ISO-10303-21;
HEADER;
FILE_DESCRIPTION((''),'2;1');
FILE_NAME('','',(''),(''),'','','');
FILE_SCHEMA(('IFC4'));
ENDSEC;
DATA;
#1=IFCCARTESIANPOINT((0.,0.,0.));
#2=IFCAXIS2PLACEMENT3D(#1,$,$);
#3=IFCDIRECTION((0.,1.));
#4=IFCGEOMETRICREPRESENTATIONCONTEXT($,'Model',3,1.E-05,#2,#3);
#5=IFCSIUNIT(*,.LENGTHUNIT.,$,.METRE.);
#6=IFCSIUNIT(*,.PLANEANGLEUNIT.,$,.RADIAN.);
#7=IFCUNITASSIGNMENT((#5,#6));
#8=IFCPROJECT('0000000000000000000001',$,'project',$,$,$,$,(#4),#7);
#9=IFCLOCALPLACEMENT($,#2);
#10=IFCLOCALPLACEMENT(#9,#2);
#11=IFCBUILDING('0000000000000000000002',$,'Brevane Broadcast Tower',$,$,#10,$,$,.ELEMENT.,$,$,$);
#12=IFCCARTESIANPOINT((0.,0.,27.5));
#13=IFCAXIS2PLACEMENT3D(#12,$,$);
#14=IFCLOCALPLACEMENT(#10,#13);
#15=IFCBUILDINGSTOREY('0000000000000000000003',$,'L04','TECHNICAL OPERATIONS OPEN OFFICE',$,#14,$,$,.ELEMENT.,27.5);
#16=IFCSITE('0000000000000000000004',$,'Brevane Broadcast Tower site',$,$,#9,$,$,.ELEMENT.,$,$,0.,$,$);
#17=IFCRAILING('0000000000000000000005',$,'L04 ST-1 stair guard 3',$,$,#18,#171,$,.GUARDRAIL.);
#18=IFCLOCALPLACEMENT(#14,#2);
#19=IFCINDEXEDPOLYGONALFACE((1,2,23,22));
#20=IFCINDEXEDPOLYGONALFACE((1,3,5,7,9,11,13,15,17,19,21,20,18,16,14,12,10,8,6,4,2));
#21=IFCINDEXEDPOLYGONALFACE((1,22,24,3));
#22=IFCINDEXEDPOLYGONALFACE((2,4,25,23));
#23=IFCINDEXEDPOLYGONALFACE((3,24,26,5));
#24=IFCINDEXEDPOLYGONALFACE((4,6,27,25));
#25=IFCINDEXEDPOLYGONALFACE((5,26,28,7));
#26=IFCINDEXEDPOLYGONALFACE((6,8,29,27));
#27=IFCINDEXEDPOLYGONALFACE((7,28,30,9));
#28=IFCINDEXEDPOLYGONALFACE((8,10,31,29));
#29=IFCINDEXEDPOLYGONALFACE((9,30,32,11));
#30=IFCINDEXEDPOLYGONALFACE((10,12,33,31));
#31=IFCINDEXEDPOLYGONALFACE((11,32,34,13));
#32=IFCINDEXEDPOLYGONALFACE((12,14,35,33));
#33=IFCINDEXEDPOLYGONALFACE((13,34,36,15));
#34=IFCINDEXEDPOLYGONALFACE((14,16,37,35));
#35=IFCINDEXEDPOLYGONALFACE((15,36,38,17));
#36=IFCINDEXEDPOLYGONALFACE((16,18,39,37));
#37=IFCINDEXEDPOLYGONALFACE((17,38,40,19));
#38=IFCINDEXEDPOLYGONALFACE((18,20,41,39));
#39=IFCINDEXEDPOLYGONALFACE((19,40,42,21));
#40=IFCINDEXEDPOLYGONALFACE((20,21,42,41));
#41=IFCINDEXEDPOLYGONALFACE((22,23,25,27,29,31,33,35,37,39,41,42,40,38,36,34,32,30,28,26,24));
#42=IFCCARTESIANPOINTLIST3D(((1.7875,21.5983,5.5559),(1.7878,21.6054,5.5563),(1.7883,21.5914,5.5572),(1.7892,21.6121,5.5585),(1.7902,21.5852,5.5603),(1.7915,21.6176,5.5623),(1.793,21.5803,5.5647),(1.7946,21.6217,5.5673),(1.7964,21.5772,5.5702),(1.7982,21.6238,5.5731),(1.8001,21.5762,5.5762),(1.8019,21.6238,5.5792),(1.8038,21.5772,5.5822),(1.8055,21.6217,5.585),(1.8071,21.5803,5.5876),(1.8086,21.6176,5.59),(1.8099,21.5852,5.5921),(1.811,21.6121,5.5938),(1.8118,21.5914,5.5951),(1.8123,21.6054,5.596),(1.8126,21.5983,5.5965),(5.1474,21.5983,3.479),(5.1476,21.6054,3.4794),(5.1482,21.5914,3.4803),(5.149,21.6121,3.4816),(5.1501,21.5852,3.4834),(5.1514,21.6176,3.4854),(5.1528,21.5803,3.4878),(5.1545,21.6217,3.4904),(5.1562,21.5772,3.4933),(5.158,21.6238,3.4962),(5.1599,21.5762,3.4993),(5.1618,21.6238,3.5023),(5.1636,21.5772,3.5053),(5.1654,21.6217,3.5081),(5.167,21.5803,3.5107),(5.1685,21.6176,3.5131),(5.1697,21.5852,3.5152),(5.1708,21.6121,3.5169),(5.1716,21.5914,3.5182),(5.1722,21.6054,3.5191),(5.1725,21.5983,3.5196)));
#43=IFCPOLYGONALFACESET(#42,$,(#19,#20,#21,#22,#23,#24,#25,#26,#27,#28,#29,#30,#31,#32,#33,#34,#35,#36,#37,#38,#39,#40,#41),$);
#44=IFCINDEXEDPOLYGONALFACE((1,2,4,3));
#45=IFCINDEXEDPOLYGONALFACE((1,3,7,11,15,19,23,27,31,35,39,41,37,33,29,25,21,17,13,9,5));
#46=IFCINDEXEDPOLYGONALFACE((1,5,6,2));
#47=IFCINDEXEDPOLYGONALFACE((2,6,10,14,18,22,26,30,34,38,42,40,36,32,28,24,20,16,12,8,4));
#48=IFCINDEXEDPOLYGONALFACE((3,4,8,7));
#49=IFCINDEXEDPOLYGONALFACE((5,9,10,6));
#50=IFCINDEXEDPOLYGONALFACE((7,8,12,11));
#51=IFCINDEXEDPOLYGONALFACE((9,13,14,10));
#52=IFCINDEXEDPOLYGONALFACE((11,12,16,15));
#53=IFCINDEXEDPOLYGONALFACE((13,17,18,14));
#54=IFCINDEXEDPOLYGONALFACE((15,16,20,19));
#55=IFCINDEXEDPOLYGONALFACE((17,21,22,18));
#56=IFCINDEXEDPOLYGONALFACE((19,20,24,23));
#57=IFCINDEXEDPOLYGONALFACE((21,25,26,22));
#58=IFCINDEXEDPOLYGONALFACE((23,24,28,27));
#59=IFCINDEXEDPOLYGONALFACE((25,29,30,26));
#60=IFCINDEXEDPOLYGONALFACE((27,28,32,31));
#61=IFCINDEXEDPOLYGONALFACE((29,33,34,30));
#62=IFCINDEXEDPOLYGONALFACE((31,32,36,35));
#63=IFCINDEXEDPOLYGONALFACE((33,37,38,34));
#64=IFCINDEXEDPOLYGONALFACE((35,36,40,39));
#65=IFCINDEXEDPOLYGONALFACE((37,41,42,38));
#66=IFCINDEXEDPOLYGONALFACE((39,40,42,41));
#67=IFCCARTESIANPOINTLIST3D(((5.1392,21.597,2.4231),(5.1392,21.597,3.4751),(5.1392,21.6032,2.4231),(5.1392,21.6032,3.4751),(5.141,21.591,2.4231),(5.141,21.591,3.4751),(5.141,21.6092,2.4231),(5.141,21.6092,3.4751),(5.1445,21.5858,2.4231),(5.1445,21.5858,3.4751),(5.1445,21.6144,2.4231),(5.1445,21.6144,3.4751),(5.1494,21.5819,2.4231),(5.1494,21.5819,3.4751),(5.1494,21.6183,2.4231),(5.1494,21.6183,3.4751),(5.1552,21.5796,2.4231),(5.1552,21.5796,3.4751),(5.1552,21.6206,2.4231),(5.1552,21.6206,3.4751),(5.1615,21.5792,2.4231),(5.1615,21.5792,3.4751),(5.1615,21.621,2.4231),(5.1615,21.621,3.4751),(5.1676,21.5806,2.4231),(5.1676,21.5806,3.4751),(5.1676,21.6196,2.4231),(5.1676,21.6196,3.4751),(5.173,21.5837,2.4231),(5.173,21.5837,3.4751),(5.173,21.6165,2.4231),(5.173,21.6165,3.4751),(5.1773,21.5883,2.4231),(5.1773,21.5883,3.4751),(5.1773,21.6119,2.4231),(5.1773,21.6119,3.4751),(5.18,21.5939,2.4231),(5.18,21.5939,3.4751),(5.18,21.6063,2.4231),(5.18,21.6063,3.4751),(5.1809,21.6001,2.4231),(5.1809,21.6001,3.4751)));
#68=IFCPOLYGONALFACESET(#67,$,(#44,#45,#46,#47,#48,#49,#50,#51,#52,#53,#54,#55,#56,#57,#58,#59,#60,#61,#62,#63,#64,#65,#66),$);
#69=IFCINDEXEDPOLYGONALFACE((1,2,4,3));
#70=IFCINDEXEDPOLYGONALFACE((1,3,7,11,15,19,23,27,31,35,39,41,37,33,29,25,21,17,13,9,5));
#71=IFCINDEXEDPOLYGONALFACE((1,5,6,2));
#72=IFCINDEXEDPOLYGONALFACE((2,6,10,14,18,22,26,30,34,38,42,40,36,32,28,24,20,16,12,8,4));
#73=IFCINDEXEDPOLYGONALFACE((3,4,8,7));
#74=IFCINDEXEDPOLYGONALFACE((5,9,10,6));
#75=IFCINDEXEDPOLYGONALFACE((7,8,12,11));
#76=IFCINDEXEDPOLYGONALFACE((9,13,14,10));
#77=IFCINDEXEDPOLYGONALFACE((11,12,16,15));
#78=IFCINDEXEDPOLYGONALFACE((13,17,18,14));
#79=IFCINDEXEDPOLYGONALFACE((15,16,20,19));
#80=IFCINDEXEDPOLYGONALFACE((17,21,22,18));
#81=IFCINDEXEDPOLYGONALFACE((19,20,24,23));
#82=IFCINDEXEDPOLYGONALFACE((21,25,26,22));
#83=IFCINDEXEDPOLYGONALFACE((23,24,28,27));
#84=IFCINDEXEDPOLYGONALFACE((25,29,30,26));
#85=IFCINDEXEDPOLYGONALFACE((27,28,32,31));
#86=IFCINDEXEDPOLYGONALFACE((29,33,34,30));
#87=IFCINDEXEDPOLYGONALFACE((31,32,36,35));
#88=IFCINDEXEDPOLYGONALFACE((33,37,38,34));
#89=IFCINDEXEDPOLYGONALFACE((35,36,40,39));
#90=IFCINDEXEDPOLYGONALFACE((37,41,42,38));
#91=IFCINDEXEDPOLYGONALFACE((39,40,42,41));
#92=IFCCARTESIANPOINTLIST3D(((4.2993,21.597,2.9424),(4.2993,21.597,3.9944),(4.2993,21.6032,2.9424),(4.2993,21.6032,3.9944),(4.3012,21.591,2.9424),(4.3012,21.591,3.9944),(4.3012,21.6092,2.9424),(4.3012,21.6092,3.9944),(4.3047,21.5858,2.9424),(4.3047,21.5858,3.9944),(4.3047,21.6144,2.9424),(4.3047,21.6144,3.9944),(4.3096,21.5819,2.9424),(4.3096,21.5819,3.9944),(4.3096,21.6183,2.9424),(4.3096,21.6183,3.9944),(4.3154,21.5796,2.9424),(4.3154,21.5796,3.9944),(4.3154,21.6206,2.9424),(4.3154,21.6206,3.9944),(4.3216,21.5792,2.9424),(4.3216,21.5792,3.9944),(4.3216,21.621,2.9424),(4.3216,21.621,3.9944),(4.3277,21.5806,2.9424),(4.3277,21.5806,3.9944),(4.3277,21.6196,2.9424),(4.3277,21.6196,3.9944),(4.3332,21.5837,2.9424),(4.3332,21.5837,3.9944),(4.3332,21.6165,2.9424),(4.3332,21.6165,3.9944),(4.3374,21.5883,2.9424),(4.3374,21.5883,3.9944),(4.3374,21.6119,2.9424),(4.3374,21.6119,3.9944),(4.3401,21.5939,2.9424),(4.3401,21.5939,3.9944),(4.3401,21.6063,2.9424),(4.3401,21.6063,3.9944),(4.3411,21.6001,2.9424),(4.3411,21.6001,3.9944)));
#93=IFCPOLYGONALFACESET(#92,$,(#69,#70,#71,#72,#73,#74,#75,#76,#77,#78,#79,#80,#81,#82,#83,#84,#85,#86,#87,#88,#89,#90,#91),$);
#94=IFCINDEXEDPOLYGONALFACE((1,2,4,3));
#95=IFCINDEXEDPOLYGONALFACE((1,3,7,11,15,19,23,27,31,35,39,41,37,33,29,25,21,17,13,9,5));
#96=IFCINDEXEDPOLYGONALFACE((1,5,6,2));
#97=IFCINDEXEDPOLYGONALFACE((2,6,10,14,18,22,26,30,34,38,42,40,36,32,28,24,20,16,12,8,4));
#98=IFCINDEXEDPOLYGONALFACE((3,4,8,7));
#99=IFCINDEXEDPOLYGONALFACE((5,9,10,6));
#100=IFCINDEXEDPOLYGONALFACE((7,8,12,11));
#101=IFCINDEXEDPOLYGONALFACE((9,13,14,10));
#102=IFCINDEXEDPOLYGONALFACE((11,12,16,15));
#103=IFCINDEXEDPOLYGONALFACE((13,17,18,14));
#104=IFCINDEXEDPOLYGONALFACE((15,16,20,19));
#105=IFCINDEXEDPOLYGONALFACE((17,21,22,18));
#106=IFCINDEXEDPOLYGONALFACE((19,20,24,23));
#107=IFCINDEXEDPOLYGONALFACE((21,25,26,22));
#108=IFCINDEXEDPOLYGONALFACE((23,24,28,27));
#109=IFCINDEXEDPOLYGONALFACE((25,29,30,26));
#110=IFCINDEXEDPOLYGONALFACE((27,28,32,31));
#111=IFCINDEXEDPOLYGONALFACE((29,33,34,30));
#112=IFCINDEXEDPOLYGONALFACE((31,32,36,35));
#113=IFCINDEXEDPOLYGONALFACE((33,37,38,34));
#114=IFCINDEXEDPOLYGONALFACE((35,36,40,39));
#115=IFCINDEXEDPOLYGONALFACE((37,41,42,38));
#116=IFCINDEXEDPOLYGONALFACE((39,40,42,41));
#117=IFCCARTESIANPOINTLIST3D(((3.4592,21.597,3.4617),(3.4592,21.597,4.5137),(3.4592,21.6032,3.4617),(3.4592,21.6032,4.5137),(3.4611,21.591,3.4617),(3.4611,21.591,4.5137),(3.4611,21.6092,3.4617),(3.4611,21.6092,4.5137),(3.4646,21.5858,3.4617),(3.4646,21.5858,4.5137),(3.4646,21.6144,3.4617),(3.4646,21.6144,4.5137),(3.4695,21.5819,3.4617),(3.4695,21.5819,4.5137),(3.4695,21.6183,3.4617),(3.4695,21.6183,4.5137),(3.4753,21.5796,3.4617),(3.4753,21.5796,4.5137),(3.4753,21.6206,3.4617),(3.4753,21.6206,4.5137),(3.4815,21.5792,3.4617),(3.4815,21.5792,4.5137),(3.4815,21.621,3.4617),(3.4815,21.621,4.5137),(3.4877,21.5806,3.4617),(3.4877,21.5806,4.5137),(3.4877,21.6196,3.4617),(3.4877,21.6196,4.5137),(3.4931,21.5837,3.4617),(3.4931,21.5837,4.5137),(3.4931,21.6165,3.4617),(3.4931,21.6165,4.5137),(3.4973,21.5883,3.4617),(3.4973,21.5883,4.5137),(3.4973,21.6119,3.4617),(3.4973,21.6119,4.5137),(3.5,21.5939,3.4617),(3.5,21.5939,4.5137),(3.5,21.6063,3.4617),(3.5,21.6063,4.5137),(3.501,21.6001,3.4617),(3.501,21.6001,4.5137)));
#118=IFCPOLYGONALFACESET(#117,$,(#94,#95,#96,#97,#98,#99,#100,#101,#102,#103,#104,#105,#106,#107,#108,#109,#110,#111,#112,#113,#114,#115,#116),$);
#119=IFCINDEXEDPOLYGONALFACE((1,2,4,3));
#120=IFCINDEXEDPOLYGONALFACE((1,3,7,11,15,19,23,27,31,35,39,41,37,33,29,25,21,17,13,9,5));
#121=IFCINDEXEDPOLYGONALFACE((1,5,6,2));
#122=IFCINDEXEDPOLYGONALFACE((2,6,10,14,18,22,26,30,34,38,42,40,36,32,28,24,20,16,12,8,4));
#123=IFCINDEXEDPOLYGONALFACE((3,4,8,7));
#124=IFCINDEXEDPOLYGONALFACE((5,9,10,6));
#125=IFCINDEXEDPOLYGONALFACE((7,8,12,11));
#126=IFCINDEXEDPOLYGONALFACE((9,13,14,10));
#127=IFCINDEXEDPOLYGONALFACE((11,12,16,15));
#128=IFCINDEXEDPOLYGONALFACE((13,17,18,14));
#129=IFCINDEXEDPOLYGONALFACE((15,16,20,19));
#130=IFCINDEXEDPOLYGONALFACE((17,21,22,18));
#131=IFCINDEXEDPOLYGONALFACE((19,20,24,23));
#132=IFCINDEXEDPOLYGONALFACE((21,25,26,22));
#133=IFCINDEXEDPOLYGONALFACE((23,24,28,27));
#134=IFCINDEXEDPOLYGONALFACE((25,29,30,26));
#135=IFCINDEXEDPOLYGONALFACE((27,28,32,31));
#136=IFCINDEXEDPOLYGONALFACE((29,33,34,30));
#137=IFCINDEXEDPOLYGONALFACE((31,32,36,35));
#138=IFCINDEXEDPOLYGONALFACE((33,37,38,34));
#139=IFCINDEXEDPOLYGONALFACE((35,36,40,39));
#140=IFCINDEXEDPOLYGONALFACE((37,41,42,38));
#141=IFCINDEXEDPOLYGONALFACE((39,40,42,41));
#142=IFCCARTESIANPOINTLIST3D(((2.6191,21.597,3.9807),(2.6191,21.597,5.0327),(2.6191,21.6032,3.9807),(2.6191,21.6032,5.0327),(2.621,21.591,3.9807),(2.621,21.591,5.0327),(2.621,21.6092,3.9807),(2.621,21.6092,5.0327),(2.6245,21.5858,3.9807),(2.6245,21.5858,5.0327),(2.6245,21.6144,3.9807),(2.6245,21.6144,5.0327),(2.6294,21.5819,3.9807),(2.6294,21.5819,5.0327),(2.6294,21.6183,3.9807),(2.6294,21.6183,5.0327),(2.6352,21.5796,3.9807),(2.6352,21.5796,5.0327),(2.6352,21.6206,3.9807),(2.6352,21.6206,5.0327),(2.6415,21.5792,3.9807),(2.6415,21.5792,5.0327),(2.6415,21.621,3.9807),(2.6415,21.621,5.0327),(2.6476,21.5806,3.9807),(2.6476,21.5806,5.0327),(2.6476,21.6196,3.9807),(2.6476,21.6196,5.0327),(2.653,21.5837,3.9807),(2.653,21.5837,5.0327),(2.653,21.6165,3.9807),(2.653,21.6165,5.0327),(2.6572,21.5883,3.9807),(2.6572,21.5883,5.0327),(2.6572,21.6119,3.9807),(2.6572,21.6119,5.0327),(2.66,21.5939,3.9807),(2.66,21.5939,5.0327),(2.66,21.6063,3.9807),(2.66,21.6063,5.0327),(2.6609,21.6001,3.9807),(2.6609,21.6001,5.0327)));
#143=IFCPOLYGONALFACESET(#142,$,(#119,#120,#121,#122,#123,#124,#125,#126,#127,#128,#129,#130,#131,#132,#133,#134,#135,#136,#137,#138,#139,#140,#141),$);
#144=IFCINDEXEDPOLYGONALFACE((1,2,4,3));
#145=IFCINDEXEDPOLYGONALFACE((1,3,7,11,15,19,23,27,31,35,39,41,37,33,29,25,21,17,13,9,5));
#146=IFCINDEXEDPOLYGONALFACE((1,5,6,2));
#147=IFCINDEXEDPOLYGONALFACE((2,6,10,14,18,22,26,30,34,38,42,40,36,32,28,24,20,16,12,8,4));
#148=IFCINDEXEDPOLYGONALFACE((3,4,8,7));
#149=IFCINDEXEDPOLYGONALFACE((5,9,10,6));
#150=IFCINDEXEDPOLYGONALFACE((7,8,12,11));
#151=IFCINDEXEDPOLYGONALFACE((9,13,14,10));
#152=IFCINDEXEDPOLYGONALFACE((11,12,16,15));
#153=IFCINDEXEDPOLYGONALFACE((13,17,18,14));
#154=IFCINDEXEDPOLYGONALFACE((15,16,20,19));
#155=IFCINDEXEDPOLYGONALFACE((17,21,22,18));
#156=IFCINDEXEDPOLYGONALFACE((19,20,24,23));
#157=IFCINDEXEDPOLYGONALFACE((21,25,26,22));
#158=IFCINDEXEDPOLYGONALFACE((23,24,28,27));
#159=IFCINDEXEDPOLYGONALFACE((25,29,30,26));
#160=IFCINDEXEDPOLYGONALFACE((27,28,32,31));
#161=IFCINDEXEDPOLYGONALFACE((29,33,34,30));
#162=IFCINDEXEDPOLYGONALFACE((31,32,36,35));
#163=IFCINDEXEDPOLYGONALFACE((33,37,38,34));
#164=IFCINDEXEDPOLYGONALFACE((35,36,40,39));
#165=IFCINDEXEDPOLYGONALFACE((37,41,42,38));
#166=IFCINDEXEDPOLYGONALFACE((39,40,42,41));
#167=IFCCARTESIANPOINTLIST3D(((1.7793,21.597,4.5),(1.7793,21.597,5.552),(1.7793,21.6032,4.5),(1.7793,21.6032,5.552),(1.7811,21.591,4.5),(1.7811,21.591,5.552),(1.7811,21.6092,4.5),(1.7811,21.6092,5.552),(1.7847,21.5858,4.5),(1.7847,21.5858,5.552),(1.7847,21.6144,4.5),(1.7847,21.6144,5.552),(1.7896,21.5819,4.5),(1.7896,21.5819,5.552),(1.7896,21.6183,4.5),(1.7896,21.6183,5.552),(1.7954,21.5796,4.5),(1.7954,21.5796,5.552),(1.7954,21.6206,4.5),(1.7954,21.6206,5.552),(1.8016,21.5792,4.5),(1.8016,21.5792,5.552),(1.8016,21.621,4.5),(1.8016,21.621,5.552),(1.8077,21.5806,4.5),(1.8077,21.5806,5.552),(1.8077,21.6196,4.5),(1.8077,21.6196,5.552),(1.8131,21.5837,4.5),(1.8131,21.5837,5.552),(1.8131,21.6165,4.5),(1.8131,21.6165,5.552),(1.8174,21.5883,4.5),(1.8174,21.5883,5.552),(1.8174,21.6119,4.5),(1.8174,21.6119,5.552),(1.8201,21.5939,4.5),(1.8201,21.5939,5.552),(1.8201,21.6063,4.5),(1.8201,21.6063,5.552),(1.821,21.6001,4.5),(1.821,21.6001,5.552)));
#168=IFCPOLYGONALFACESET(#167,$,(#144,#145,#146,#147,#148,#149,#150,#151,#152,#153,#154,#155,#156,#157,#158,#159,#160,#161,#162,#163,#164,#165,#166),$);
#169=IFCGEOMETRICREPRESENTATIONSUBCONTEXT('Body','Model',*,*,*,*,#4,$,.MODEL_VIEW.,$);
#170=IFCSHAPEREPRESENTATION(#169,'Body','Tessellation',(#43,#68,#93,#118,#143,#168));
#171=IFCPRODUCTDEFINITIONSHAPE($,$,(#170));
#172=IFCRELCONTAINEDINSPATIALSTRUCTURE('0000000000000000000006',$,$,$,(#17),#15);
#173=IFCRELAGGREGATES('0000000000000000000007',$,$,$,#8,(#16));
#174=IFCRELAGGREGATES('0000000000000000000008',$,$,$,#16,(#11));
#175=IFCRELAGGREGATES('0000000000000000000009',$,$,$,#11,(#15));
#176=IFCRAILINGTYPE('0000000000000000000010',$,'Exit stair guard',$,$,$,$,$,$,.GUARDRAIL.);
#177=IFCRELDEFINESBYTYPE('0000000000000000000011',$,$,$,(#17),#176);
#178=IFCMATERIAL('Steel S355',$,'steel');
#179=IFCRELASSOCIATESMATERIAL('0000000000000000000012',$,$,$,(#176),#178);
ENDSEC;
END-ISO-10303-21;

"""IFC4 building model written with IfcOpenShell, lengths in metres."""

from ifc_helpers import new_model, si_unit, direction, frame, origin, origin_2d, place, context, subcontext, project, spatial, circle, extrude, material, type_object, element, save


model = new_model("IFC4")

# Units and contexts
model_context = context("Model", 3, precision=1e-05, world=origin(), true_north=direction((0.0, 1.0)))
body_context = subcontext(model_context, "Body", "Model", "MODEL_VIEW")
ifc_project = project(units=[si_unit("LENGTHUNIT", "METRE"), si_unit("PLANEANGLEUNIT", "RADIAN")], contexts=[model_context])

# Site, building, storey
site_placement = place(None, origin())
site = spatial("IfcSite", under=ifc_project, at=site_placement, Name="Brevane Broadcast Tower site", CompositionType="ELEMENT", RefElevation=0.0)
building_placement = place(site_placement, origin())
building = spatial("IfcBuilding", under=site, at=building_placement, Name="Brevane Broadcast Tower", CompositionType="ELEMENT")
storey_placement = place(building_placement, frame((0.0, 0.0, 27.5)))
storey = spatial("IfcBuildingStorey", under=building, at=storey_placement, Name="L04", Description="TECHNICAL OPERATIONS OPEN OFFICE", CompositionType="ELEMENT", Elevation=27.5)

# Railing
ifc_material_1 = material(Name="Steel S355", Category="steel")
railing_type_1 = type_object("IfcRailingType", Name="Exit stair guard", PredefinedType="GUARDRAIL", material=ifc_material_1)
railing_1_placement = place(storey_placement, frame((5.1599, 21.6001, 2.4231)))
element("IfcRailing", 1, at=railing_1_placement, inside=storey, type_object=railing_type_1, Name="L04 ST-1 stair guard 3", PredefinedType="GUARDRAIL", context=body_context, shape_type="SweptSolid", body=[
    extrude(circle(Radius=0.0239, at=origin_2d()), frame((0.0, 0.0, 1.0762), z_axis=(-0.850606, 0.0, 0.525803), x_axis=(0.0, -1.0, 0.0)), (0.0, 0.0, 1.0), 3.95),
    extrude(circle(Radius=0.021, at=origin_2d()), origin(), (0.0, 0.0, 1.0), 1.052),
    extrude(circle(Radius=0.021, at=origin_2d()), frame((-0.8398, 0.0, 0.5193)), (0.0, 0.0, 1.0), 1.052),
    extrude(circle(Radius=0.021, at=origin_2d()), frame((-1.6799, 0.0, 1.0386)), (0.0, 0.0, 1.0), 1.052),
    extrude(circle(Radius=0.021, at=origin_2d()), frame((-2.52, 0.0, 1.5576)), (0.0, 0.0, 1.0), 1.052),
    extrude(circle(Radius=0.021, at=origin_2d()), frame((-3.3599, 0.0, 2.0769)), (0.0, 0.0, 1.0), 1.052),
])

save(model, "model.ifc")
